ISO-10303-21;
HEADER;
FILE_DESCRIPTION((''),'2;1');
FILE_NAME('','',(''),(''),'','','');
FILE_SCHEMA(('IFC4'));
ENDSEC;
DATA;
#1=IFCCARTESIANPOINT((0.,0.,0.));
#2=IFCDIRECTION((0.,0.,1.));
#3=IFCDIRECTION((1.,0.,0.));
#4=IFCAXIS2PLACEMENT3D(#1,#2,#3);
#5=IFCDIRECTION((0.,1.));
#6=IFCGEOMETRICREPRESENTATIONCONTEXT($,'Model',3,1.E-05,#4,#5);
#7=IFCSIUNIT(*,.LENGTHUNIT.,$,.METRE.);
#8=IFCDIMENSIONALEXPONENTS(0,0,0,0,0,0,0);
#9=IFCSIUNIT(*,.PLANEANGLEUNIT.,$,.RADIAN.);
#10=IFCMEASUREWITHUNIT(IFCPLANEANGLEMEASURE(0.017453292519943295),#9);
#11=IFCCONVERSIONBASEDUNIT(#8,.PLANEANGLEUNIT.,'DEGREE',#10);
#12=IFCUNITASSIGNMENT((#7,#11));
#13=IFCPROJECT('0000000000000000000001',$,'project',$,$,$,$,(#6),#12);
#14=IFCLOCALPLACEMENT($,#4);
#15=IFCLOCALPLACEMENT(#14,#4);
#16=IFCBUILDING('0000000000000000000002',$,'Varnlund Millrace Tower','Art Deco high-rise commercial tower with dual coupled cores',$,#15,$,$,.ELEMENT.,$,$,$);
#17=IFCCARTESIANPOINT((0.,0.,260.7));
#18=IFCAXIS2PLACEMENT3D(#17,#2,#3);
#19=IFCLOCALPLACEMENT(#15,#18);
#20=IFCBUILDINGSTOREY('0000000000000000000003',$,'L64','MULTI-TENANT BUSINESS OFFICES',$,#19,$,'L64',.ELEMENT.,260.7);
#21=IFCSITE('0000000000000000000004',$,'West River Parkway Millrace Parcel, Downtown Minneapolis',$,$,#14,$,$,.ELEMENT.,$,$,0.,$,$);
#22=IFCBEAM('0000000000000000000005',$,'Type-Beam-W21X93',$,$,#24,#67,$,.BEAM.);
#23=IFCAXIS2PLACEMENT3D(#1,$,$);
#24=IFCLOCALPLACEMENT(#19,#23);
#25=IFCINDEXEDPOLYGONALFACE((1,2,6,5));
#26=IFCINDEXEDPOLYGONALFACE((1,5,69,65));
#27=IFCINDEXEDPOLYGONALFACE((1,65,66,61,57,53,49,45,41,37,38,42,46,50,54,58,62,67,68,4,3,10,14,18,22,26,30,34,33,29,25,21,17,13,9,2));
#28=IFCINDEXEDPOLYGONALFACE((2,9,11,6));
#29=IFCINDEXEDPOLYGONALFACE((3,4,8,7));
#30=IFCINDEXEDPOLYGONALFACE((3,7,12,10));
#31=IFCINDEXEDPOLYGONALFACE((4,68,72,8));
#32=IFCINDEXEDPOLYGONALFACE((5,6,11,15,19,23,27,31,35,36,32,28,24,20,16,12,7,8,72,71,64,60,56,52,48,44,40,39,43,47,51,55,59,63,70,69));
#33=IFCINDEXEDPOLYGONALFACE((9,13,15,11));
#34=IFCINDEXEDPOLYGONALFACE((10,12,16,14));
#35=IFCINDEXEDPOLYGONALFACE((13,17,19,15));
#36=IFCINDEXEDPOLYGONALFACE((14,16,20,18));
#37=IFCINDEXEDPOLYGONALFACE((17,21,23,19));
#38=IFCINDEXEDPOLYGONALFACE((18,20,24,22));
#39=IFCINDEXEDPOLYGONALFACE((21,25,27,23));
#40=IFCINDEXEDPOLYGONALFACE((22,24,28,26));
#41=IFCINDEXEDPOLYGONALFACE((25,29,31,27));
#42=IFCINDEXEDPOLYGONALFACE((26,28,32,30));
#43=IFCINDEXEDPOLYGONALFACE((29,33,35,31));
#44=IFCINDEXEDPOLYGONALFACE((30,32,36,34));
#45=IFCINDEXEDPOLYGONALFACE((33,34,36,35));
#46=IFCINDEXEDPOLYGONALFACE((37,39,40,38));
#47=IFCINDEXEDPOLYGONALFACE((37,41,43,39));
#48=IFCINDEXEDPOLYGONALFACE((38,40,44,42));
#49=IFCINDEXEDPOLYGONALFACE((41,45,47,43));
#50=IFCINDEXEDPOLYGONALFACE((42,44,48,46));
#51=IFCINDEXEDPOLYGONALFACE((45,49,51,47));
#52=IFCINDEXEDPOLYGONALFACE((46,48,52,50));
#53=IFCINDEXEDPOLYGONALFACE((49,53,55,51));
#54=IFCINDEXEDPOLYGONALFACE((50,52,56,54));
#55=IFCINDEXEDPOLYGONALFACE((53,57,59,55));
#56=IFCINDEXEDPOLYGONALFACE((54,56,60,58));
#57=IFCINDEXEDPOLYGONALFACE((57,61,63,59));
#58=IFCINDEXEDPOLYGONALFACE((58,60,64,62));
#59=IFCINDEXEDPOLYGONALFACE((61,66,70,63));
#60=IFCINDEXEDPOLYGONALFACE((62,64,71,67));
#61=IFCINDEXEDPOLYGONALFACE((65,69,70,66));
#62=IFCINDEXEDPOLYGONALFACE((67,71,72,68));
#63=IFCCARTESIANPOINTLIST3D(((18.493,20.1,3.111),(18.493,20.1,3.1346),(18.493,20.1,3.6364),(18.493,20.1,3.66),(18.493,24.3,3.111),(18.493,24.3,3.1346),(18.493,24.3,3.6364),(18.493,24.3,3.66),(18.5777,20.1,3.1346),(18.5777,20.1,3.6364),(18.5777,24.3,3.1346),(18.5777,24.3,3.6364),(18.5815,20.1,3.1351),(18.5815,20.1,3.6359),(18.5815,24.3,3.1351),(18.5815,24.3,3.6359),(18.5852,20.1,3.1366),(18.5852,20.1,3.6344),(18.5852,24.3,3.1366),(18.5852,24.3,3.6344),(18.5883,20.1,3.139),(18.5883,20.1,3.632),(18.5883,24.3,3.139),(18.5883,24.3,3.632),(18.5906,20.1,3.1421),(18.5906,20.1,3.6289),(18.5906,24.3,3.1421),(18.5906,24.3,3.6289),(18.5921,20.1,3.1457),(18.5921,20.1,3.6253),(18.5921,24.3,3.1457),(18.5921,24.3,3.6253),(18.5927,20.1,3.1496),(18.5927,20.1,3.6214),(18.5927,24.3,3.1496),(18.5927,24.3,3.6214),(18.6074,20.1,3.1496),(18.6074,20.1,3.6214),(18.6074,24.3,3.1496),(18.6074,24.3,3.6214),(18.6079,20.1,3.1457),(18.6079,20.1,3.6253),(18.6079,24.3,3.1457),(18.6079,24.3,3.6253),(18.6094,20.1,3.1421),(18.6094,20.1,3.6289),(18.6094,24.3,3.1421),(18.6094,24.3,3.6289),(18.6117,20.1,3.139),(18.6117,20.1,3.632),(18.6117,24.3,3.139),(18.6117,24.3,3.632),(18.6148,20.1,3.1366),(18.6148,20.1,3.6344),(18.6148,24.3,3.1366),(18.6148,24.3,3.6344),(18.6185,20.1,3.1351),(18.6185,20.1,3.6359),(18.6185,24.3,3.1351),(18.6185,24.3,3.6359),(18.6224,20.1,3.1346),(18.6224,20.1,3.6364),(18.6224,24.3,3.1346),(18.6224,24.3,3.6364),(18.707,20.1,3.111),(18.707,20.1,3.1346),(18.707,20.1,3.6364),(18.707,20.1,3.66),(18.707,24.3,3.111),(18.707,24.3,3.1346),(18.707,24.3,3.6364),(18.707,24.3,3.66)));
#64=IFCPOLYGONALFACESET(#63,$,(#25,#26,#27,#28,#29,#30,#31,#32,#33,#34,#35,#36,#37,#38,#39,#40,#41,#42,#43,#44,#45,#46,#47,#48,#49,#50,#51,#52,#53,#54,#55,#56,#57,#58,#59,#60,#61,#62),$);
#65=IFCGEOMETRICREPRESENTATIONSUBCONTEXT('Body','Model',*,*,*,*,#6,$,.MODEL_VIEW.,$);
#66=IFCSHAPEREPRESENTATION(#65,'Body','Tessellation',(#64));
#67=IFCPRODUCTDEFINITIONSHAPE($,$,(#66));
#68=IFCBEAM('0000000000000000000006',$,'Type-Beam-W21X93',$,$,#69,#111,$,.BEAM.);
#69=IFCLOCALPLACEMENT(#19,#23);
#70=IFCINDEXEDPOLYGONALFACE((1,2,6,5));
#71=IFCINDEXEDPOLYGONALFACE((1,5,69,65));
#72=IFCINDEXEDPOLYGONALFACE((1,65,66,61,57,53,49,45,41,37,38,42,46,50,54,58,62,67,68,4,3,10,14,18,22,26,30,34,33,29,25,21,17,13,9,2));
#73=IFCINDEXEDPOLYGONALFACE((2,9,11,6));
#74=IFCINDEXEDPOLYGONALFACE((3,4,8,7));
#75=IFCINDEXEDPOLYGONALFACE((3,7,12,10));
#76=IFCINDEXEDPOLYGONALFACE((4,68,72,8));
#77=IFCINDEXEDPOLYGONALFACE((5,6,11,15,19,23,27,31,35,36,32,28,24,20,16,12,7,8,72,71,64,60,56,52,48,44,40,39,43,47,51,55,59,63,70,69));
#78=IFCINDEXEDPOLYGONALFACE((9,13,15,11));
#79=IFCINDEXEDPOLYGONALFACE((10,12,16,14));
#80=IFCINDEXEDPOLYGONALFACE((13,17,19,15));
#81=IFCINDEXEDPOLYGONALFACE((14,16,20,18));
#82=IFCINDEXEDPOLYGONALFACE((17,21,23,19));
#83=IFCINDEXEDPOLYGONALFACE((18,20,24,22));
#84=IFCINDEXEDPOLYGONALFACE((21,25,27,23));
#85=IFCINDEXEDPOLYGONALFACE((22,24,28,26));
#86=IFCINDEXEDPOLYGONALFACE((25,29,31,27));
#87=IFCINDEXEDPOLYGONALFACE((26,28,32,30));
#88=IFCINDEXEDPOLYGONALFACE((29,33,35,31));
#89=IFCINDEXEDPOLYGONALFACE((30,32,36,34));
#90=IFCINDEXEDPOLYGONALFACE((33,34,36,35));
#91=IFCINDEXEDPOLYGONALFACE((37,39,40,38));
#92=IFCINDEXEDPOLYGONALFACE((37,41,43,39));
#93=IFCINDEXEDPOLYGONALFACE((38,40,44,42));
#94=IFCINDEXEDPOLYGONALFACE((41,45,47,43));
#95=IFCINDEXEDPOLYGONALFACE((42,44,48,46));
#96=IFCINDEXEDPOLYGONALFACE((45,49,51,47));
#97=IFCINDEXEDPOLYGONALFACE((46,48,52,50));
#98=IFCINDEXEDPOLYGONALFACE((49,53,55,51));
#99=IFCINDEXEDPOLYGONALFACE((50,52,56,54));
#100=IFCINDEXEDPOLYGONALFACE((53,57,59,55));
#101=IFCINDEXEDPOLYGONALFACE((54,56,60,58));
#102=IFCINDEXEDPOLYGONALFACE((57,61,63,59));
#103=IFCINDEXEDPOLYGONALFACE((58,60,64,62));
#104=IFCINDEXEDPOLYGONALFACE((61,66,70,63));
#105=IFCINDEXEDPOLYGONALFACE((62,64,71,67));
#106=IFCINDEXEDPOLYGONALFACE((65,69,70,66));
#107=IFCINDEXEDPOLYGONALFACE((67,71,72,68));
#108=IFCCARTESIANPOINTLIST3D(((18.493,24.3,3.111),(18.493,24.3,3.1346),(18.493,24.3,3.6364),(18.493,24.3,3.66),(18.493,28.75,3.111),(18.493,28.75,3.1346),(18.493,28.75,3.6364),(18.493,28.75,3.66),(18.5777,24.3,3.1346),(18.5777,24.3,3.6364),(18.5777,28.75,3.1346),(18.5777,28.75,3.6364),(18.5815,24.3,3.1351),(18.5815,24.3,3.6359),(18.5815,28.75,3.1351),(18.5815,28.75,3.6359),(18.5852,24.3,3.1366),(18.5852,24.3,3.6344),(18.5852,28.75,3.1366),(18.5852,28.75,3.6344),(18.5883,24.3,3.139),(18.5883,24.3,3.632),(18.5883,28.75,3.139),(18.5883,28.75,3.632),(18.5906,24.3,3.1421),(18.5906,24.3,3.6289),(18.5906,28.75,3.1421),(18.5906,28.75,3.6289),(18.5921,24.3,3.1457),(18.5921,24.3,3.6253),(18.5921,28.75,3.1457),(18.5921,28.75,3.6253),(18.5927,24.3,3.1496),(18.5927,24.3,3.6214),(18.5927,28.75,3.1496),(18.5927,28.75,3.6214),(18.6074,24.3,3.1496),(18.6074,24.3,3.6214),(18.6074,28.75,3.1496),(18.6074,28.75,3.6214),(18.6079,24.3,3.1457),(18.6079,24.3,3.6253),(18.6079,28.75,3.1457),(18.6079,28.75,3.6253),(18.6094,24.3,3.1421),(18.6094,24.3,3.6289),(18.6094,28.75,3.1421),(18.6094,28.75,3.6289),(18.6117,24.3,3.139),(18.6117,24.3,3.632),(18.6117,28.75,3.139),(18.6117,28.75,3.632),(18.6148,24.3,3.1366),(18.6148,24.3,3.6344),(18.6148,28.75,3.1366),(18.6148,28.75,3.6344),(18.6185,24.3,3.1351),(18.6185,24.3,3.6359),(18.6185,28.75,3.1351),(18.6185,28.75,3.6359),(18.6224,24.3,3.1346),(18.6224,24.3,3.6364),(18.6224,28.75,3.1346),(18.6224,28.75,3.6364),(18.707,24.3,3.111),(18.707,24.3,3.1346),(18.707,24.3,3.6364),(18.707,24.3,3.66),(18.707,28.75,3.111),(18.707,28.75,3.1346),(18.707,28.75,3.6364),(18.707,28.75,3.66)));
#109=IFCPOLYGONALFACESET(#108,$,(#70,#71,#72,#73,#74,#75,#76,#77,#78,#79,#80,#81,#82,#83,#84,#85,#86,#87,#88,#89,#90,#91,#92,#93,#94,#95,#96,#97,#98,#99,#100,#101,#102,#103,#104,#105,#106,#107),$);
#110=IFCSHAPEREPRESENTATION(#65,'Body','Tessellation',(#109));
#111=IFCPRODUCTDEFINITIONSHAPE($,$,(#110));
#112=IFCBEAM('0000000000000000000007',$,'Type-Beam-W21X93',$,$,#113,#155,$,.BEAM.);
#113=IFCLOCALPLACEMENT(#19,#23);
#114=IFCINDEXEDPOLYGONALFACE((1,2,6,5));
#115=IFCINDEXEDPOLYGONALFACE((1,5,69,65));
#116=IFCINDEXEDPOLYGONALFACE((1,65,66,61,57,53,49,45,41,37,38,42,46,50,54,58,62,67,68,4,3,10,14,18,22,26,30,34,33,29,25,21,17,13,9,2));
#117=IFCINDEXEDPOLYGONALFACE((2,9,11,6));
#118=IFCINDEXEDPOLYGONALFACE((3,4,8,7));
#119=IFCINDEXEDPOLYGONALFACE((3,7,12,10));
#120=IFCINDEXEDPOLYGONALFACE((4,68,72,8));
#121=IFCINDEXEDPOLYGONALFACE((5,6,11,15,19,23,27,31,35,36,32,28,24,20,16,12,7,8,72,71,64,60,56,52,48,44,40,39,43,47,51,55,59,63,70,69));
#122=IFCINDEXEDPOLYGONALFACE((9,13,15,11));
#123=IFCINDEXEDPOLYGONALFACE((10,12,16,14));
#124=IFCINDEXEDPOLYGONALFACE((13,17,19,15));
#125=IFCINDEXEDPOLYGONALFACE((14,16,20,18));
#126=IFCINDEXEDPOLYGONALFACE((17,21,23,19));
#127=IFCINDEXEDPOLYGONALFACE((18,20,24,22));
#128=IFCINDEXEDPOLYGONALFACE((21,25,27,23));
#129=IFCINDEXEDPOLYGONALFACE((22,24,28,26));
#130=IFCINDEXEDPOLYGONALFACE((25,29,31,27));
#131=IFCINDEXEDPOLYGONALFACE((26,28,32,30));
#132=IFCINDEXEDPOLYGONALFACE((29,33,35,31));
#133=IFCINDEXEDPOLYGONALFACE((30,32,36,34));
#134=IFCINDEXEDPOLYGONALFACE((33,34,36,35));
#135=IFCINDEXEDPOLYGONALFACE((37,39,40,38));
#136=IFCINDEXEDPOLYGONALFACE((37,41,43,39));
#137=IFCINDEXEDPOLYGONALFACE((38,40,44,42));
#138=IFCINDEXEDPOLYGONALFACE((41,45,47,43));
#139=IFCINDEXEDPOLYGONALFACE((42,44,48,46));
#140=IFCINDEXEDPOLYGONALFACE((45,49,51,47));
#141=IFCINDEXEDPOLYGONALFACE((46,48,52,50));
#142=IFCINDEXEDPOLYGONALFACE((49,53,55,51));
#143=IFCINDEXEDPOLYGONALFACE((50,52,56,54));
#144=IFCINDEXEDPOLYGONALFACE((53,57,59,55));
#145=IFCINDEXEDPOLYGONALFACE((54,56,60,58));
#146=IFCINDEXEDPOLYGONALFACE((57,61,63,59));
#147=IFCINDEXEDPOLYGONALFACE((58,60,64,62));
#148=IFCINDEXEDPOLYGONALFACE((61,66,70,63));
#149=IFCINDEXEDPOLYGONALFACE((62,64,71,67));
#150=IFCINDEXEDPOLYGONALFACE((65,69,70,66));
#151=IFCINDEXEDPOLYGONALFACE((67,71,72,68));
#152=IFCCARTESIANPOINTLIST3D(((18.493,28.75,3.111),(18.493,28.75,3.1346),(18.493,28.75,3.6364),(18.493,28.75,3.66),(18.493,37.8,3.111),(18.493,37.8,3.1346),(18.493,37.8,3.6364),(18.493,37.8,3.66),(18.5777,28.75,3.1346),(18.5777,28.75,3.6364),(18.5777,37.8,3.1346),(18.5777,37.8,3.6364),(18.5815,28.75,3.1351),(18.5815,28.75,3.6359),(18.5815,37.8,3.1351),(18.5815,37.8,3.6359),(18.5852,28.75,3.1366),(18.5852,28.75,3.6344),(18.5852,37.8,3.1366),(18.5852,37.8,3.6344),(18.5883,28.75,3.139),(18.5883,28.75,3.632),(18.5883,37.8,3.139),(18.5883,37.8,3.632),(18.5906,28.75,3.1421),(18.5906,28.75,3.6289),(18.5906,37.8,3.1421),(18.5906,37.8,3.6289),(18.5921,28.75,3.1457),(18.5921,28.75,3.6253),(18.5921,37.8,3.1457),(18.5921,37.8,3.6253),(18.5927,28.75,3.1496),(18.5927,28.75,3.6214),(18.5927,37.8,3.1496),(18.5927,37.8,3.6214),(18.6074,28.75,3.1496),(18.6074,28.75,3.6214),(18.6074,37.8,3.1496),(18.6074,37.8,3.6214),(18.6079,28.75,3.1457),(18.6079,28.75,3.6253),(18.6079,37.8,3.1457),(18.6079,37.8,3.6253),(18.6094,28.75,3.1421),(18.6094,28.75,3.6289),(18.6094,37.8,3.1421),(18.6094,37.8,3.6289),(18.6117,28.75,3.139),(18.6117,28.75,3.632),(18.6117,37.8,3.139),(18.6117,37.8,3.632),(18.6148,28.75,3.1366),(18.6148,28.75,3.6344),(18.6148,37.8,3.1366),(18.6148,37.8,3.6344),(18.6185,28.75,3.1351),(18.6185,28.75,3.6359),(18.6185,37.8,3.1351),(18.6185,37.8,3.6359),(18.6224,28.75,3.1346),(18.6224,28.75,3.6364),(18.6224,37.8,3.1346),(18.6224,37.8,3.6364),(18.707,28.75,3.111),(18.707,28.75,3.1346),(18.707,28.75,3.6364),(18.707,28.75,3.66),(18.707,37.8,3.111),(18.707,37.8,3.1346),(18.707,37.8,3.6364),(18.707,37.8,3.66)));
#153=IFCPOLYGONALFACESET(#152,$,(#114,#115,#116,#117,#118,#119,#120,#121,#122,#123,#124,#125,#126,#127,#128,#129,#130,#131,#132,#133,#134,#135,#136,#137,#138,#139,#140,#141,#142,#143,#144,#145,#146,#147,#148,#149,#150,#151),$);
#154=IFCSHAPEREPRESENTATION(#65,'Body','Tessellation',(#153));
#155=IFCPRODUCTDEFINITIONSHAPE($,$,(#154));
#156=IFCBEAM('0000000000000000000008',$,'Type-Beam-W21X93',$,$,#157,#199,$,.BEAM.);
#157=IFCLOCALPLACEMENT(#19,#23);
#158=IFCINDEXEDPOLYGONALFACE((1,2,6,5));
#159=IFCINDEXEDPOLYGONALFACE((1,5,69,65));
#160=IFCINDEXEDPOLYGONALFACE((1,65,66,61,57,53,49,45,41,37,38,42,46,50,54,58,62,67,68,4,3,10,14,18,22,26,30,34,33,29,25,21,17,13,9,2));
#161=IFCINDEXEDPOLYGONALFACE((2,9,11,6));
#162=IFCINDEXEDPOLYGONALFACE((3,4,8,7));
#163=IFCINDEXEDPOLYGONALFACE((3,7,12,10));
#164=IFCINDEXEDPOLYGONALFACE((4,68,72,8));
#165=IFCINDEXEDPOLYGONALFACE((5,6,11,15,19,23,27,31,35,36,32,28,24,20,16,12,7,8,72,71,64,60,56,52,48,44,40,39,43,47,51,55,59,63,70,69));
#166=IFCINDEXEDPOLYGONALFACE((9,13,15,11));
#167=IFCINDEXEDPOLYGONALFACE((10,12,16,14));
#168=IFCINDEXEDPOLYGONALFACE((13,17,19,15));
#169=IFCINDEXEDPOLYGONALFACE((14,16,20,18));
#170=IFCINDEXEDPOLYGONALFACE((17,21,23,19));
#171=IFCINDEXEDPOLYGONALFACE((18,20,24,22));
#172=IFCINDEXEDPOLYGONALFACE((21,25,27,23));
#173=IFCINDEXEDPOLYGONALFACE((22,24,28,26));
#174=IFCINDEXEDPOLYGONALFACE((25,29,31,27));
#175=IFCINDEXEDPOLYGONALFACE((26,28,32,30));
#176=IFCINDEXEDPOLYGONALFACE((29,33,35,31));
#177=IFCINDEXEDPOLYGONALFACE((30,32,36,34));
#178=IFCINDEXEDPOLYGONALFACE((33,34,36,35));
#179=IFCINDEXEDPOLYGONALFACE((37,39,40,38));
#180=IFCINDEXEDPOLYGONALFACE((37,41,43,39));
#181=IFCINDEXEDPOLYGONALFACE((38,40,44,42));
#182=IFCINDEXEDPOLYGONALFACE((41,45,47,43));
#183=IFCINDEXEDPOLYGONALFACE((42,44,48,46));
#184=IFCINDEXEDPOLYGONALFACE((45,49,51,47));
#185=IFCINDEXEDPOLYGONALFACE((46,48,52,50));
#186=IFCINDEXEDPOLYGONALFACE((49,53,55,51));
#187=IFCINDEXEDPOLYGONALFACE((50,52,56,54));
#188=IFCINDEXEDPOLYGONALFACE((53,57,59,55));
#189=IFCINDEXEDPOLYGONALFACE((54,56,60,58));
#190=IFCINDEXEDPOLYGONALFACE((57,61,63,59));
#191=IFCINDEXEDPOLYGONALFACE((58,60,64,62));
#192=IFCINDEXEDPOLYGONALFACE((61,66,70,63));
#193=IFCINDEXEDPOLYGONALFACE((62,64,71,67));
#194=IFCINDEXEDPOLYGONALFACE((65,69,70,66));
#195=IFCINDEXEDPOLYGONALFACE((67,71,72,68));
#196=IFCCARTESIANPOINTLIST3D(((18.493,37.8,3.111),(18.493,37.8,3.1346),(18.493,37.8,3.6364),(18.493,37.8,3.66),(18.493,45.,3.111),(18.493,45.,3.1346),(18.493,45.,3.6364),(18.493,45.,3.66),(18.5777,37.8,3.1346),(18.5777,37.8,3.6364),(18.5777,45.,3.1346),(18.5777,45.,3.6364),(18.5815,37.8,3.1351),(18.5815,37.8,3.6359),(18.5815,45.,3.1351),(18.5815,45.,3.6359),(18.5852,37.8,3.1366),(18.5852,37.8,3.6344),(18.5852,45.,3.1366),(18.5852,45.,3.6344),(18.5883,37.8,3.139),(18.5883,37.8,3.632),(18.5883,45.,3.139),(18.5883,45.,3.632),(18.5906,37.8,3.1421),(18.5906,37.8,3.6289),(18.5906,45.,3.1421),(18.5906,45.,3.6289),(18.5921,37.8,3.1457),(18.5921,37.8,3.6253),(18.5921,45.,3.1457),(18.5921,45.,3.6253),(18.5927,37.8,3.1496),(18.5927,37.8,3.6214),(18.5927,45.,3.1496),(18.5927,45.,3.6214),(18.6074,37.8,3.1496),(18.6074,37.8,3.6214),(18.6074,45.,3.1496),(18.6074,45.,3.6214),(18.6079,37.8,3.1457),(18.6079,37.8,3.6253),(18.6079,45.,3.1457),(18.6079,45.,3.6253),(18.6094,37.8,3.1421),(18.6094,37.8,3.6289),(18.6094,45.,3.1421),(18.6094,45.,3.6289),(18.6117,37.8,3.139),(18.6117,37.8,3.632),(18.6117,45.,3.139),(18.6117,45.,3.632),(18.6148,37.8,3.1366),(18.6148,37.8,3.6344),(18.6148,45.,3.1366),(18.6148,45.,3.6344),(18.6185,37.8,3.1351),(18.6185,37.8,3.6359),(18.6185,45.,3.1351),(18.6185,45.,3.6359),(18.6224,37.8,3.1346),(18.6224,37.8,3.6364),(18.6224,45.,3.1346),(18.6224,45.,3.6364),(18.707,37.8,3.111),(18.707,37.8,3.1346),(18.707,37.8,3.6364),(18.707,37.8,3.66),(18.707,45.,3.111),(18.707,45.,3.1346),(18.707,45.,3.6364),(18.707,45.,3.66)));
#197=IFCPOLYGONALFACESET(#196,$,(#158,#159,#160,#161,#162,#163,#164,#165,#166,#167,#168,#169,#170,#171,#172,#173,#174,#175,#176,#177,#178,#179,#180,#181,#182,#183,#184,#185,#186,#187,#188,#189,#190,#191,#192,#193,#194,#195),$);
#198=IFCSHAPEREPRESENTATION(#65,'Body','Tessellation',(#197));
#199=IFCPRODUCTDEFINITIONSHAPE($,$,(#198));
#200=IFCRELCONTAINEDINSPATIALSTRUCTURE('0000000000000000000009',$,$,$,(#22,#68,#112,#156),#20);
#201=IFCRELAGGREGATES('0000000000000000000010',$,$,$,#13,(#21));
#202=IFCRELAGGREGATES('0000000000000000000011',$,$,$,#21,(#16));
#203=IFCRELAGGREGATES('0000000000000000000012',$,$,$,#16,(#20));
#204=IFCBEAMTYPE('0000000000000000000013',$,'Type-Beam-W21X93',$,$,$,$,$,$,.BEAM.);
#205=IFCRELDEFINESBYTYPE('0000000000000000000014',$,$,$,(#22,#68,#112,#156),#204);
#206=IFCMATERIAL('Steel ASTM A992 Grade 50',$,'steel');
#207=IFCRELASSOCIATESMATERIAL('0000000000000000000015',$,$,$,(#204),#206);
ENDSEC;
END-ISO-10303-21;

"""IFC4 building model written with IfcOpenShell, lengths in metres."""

from ifc_helpers import new_model, entity, si_unit, converted_unit, direction, frame, origin_with_axes, origin_2d_with_axis, place, context, subcontext, project, spatial, i_section, extrude, material, material_profile, profile_set, type_object, element, save


model = new_model("IFC4")

# Units and contexts
model_context = context("Model", 3, precision=1e-05, world=origin_with_axes(), true_north=direction((0.0, 1.0)))
body_context = subcontext(model_context, "Body", "Model", "MODEL_VIEW")
ifc_project = project(units=[si_unit("LENGTHUNIT", "METRE"), converted_unit("PLANEANGLEUNIT", "DEGREE", entity("IfcPlaneAngleMeasure", 0.017453292519943295), si_unit("PLANEANGLEUNIT", "RADIAN"), dimensions=[0, 0, 0, 0, 0, 0, 0])], contexts=[model_context])

# Site, building, storey
site_placement = place(None, origin_with_axes())
site = spatial("IfcSite", under=ifc_project, at=site_placement, Name="West River Parkway Millrace Parcel, Downtown Minneapolis", CompositionType="ELEMENT", RefElevation=0.0)
building_placement = place(site_placement, origin_with_axes())
building = spatial("IfcBuilding", under=site, at=building_placement, Name="Varnlund Millrace Tower", Description="Art Deco high-rise commercial tower with dual coupled cores", CompositionType="ELEMENT")
storey_placement = place(building_placement, frame((0.0, 0.0, 260.7), z_axis=(0.0, 0.0, 1.0), x_axis=(1.0, 0.0, 0.0)))
storey = spatial("IfcBuildingStorey", under=building, at=storey_placement, Name="L64", Description="MULTI-TENANT BUSINESS OFFICES", LongName="L64", CompositionType="ELEMENT", Elevation=260.7)

# Beams
ifc_material_1 = material(Name="Steel ASTM A992 Grade 50", Category="steel")
ifc_material_profile_1 = material_profile(ifc_material_1, i_section(OverallWidth=0.214, OverallDepth=0.549, WebThickness=0.0147, FlangeThickness=0.0236, FilletRadius=0.015, at=origin_2d_with_axis()), Name="Steel ASTM A992 Grade 50")
ifc_profile_set_1 = profile_set([ifc_material_profile_1], Name="Steel ASTM A992 Grade 50")
beam_type_1 = type_object("IfcBeamType", Name="Type-Beam-W21X93", PredefinedType="BEAM", material=ifc_profile_set_1)
beam_1_placement = place(storey_placement, frame((18.6, 20.1, 3.3855), z_axis=(0.0, 1.0, 0.0), x_axis=(-1.0, 0.0, 0.0)))
element("IfcBeam", 1, at=beam_1_placement, inside=storey, type_object=beam_type_1, Name="Type-Beam-W21X93", PredefinedType="BEAM", context=body_context, shape_type="SweptSolid", body=[
    extrude(i_section(OverallWidth=0.214, OverallDepth=0.549, WebThickness=0.0147, FlangeThickness=0.0236, FilletRadius=0.015, at=origin_2d_with_axis()), origin_with_axes(), (0.0, 0.0, 1.0), 4.2),
])
beam_2_placement = place(storey_placement, frame((18.6, 24.3, 3.3855), z_axis=(0.0, 1.0, 0.0), x_axis=(-1.0, 0.0, 0.0)))
element("IfcBeam", 2, at=beam_2_placement, inside=storey, type_object=beam_type_1, Name="Type-Beam-W21X93", PredefinedType="BEAM", context=body_context, shape_type="SweptSolid", body=[
    extrude(i_section(OverallWidth=0.214, OverallDepth=0.549, WebThickness=0.0147, FlangeThickness=0.0236, FilletRadius=0.015, at=origin_2d_with_axis()), origin_with_axes(), (0.0, 0.0, 1.0), 4.45),
])
beam_3_placement = place(storey_placement, frame((18.6, 28.75, 3.3855), z_axis=(0.0, 1.0, 0.0), x_axis=(-1.0, 0.0, 0.0)))
element("IfcBeam", 3, at=beam_3_placement, inside=storey, type_object=beam_type_1, Name="Type-Beam-W21X93", PredefinedType="BEAM", context=body_context, shape_type="SweptSolid", body=[
    extrude(i_section(OverallWidth=0.214, OverallDepth=0.549, WebThickness=0.0147, FlangeThickness=0.0236, FilletRadius=0.015, at=origin_2d_with_axis()), origin_with_axes(), (0.0, 0.0, 1.0), 9.05),
])
beam_4_placement = place(storey_placement, frame((18.6, 37.8, 3.3855), z_axis=(0.0, 1.0, 0.0), x_axis=(-1.0, 0.0, 0.0)))
element("IfcBeam", 4, at=beam_4_placement, inside=storey, type_object=beam_type_1, Name="Type-Beam-W21X93", PredefinedType="BEAM", context=body_context, shape_type="SweptSolid", body=[
    extrude(i_section(OverallWidth=0.214, OverallDepth=0.549, WebThickness=0.0147, FlangeThickness=0.0236, FilletRadius=0.015, at=origin_2d_with_axis()), origin_with_axes(), (0.0, 0.0, 1.0), 7.2),
])

save(model, "model.ifc")
